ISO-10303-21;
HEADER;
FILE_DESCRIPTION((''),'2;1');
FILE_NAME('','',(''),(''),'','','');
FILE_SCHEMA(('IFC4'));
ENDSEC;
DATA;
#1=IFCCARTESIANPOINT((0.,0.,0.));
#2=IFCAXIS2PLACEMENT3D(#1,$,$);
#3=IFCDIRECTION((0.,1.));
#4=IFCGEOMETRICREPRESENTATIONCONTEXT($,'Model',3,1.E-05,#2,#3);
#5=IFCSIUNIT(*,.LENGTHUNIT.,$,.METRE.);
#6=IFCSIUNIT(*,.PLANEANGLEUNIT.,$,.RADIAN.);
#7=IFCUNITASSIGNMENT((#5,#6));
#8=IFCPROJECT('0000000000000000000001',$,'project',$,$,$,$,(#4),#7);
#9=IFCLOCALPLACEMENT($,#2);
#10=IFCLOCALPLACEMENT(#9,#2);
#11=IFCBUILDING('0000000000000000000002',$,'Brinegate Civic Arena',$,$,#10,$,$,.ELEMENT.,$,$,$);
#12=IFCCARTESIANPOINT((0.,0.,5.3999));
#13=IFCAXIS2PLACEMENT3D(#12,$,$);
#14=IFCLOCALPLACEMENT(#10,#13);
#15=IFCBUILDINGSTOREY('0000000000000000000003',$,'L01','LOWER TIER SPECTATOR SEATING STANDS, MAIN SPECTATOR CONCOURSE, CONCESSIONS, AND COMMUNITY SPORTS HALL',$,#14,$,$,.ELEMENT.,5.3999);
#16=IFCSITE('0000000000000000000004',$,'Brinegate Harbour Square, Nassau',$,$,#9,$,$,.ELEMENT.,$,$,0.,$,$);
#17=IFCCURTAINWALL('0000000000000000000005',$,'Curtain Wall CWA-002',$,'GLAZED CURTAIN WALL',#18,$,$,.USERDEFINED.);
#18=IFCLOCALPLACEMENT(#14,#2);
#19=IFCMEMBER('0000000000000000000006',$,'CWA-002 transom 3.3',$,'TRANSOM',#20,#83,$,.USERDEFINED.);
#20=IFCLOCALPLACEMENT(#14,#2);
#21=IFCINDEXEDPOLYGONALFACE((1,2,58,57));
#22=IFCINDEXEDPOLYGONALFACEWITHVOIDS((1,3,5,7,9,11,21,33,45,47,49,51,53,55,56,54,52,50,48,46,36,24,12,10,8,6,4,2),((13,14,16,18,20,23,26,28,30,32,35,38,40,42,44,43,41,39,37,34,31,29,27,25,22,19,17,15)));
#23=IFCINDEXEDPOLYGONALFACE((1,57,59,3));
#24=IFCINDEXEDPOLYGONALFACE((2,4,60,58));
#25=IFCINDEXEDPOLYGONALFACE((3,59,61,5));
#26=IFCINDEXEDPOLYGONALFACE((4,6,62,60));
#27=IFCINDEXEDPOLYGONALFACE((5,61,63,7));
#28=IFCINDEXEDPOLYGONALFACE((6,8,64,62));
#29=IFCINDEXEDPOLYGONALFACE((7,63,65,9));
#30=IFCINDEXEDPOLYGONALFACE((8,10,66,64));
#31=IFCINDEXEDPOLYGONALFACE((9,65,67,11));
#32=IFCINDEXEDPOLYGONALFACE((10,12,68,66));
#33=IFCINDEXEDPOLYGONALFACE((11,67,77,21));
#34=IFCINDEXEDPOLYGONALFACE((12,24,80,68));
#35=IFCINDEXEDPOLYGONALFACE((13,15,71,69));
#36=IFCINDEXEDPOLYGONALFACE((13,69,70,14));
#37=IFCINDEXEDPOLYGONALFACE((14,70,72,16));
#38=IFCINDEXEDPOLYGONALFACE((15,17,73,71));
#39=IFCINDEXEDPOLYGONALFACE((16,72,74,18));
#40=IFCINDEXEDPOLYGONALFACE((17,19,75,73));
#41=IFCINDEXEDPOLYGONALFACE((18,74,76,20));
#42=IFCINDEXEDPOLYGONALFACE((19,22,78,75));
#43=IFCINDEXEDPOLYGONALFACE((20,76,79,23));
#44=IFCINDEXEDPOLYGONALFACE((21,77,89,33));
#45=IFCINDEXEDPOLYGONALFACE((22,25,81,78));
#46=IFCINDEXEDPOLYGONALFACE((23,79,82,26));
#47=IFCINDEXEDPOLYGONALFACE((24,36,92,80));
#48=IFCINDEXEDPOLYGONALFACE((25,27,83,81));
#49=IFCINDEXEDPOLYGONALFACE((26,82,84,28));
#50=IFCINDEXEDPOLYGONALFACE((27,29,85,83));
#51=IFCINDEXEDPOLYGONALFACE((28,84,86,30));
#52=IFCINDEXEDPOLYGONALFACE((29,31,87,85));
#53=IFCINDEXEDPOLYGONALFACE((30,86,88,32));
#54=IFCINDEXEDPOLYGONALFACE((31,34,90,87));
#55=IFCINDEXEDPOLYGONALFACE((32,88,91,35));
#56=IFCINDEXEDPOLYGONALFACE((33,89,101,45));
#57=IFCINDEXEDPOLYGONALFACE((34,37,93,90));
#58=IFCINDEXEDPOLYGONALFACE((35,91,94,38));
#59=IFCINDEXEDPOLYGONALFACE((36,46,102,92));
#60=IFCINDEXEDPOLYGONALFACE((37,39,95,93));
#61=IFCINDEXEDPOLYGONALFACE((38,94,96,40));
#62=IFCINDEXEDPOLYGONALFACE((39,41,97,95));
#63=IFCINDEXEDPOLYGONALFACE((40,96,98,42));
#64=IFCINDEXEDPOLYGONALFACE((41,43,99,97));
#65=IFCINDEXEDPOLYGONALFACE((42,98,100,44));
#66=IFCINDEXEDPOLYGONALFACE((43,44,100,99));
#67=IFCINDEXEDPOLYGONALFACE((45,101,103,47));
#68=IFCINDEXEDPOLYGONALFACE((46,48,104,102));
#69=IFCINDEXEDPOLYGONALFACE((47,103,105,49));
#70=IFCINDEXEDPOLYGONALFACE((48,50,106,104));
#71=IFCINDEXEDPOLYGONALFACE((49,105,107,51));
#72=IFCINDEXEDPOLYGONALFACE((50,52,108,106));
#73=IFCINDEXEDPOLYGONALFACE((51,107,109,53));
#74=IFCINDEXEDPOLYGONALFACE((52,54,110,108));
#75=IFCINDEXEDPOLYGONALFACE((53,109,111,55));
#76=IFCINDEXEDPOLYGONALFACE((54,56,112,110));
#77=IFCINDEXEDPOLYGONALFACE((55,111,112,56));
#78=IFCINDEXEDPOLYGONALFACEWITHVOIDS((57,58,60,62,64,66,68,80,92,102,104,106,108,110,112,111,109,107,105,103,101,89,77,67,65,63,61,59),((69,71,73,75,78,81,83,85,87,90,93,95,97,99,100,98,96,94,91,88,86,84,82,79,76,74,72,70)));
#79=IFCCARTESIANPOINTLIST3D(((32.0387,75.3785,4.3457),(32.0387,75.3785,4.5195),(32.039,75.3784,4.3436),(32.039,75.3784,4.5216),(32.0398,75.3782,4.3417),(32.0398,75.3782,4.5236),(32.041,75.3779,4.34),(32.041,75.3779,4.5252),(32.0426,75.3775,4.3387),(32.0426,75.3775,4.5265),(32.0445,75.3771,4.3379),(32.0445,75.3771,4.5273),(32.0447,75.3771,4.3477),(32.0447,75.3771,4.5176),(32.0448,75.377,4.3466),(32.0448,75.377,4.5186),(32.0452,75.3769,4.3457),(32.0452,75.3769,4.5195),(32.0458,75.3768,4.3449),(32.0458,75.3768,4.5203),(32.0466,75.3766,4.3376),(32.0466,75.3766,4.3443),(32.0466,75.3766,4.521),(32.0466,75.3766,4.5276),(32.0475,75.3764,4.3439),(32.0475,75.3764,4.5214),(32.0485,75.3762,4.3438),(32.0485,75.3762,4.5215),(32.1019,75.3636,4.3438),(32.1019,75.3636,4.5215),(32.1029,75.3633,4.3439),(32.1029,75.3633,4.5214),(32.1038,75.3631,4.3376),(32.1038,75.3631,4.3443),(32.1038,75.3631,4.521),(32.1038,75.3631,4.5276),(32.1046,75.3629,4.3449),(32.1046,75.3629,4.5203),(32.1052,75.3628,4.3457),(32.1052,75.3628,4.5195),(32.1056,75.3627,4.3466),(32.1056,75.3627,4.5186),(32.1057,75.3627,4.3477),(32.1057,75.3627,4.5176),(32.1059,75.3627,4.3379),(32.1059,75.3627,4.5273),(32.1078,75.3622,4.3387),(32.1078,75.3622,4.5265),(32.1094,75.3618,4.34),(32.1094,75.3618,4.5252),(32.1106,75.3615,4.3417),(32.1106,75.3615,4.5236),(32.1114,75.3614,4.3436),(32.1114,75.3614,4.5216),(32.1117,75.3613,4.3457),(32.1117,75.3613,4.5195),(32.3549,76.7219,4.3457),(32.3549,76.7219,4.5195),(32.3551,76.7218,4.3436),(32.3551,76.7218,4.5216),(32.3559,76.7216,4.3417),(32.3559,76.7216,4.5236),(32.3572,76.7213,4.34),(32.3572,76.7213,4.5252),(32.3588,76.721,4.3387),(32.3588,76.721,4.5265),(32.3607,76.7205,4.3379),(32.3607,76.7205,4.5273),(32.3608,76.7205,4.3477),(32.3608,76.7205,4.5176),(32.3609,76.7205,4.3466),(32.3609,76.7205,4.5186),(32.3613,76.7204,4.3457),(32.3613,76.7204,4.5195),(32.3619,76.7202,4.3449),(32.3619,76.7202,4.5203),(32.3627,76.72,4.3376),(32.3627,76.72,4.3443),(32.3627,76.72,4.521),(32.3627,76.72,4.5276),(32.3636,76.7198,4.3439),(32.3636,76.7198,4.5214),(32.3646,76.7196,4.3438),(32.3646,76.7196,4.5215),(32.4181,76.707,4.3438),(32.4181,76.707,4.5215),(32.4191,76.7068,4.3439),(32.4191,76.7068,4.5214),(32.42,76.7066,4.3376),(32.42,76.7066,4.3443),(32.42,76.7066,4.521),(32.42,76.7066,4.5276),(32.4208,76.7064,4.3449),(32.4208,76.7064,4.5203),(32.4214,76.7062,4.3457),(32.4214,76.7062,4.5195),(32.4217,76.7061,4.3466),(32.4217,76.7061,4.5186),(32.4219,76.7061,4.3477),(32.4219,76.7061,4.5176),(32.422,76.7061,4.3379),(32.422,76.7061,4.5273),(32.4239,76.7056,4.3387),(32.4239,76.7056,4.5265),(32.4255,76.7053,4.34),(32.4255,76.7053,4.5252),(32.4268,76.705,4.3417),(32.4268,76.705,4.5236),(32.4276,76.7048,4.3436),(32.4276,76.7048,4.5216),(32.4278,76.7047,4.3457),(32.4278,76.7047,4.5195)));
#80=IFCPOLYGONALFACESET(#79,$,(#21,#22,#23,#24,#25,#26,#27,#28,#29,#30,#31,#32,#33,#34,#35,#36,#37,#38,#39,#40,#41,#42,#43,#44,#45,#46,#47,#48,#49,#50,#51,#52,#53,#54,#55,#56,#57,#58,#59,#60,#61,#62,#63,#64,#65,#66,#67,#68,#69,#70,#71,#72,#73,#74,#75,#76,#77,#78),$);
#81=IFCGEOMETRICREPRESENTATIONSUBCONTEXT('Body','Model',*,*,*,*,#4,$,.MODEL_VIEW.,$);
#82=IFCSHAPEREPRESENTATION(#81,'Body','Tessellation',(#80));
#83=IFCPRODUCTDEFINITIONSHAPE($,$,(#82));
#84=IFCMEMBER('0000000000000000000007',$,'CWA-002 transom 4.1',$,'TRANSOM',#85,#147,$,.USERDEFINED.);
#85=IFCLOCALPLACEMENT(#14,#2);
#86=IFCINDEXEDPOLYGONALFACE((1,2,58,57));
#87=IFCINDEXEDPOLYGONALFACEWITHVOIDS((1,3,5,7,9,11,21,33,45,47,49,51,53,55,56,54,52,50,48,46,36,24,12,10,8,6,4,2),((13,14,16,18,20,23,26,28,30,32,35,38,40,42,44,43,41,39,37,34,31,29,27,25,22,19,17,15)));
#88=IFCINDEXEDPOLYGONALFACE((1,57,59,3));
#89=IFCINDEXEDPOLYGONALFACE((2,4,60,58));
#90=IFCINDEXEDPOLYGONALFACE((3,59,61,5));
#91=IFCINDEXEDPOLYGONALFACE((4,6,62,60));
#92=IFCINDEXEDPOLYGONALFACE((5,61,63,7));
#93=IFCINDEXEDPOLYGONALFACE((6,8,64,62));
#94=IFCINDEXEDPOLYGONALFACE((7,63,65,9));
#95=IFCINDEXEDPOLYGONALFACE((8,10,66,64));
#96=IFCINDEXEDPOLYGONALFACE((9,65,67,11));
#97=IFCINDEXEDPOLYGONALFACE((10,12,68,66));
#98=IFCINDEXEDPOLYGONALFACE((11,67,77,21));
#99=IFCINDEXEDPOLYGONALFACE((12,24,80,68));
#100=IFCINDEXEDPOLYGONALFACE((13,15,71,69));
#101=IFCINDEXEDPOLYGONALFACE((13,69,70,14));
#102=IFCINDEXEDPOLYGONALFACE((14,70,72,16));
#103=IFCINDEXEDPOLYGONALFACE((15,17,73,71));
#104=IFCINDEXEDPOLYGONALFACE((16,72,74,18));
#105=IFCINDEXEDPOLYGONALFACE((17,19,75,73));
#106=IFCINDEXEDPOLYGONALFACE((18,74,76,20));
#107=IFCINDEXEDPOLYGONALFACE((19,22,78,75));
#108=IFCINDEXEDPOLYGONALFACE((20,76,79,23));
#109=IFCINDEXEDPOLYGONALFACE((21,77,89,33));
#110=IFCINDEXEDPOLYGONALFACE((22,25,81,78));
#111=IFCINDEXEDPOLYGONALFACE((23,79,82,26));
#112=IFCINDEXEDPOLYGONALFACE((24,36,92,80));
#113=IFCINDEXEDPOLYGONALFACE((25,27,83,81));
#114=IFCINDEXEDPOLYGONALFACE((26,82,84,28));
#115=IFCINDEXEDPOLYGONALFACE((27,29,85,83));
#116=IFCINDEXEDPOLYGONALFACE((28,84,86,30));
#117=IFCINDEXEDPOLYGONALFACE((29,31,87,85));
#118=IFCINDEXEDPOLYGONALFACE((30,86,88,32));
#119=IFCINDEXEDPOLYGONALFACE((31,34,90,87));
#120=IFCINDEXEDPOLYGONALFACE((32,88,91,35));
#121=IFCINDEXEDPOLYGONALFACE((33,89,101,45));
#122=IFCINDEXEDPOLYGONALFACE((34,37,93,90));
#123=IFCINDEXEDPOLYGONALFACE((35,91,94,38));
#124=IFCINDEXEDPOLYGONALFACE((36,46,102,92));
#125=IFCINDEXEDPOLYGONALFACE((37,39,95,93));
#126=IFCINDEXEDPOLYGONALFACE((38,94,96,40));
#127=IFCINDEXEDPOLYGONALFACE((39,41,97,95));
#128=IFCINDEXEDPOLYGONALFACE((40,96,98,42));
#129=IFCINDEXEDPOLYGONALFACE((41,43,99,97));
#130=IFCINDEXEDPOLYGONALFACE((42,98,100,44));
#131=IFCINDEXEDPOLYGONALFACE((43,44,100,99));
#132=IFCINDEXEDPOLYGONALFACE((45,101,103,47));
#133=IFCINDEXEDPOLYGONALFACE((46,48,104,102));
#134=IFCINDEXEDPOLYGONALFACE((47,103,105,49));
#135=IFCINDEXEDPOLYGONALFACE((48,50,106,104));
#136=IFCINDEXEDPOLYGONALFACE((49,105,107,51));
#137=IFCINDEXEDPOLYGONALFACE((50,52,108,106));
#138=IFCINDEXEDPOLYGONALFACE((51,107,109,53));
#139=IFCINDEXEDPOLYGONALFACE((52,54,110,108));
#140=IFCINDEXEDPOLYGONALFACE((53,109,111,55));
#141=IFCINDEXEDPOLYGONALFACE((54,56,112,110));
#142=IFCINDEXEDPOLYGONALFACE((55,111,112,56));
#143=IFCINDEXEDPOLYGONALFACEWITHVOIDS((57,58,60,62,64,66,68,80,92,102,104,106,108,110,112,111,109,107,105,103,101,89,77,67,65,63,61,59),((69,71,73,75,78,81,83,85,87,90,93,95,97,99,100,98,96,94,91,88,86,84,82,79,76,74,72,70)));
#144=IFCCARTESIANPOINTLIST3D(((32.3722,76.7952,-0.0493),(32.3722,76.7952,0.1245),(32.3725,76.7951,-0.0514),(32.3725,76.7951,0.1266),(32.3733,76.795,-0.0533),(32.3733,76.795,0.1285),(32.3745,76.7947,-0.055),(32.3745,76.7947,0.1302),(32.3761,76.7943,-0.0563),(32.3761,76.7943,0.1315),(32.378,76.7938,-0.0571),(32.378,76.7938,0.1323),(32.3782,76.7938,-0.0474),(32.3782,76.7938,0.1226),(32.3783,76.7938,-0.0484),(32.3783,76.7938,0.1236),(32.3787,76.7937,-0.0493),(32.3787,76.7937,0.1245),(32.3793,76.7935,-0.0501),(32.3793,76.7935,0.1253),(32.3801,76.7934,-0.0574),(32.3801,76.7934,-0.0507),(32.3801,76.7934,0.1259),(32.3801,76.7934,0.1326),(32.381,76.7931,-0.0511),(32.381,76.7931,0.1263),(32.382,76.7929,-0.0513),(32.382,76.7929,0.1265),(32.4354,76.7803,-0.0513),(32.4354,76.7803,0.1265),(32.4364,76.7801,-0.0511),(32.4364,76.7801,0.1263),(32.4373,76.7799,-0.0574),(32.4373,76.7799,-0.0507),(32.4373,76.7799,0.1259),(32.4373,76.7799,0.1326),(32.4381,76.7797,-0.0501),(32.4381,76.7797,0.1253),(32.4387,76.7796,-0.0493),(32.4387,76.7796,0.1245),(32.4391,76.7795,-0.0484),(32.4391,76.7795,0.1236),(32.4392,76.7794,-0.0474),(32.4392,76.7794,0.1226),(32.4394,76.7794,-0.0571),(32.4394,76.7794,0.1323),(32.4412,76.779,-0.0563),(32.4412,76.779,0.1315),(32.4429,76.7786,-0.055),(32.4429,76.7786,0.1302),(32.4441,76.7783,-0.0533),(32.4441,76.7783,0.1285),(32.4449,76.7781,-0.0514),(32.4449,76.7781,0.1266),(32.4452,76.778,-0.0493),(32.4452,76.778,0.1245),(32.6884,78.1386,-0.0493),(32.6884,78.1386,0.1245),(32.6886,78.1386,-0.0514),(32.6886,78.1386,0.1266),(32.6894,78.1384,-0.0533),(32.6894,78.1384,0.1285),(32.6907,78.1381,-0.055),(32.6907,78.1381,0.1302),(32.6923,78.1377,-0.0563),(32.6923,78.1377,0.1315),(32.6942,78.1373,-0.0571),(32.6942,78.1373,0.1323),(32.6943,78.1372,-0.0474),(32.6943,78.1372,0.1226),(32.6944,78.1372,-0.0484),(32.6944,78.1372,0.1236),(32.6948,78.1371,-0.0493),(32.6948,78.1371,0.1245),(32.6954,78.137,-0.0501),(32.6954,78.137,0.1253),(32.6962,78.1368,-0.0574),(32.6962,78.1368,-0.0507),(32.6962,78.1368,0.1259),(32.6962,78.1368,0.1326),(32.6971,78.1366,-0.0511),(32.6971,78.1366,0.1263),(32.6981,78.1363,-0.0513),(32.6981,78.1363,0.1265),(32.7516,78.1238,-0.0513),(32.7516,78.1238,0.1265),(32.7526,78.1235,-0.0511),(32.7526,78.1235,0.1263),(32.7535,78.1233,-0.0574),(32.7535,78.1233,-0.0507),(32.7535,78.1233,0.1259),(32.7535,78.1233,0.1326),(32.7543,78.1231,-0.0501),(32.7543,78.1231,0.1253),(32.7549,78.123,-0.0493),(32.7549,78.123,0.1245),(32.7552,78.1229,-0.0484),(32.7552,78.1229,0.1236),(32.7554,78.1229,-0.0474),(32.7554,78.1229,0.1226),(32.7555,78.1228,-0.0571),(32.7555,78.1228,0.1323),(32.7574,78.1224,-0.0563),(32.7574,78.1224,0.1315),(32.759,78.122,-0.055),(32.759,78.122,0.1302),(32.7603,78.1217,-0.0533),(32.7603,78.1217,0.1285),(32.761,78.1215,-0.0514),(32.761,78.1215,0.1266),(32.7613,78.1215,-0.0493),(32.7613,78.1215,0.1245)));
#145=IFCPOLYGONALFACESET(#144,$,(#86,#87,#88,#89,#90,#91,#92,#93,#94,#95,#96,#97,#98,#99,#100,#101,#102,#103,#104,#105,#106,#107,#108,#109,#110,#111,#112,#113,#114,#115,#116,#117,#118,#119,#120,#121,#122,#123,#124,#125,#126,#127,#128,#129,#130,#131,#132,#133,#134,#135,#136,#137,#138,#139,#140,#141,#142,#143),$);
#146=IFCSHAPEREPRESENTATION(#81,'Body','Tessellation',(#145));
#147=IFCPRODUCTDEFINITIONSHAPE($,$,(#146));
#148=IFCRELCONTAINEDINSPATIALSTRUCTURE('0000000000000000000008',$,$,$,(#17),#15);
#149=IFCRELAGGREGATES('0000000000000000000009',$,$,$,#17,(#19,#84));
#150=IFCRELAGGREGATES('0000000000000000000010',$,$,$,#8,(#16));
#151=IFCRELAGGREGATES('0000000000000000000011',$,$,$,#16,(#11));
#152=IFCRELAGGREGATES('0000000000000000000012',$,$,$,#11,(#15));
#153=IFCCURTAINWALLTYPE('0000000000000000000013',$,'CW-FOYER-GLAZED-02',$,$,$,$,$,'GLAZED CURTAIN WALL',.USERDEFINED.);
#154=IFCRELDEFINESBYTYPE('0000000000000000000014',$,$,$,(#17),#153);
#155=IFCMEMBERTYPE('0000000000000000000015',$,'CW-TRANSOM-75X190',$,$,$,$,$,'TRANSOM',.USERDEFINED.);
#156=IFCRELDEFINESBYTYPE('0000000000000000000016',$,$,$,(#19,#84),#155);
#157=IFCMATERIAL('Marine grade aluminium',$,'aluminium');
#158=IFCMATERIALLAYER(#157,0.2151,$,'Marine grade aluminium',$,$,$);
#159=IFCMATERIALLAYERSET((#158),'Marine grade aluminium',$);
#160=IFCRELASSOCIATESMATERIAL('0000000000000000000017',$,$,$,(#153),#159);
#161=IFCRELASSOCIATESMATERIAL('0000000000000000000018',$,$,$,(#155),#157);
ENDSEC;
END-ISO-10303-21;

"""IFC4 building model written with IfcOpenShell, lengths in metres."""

from ifc_helpers import new_model, si_unit, direction, frame, origin, origin_2d, place, context, subcontext, project, spatial, hollow_rectangle, extrude, material, layer, layer_set, material_profile, profile_set, type_object, element, aggregate, save


model = new_model("IFC4")

# Units and contexts
model_context = context("Model", 3, precision=1e-05, world=origin(), true_north=direction((0.0, 1.0)))
body_context = subcontext(model_context, "Body", "Model", "MODEL_VIEW")
ifc_project = project(units=[si_unit("LENGTHUNIT", "METRE"), si_unit("PLANEANGLEUNIT", "RADIAN")], contexts=[model_context])

# Site, building, storey
site_placement = place(None, origin())
site = spatial("IfcSite", under=ifc_project, at=site_placement, Name="Brinegate Harbour Square, Nassau", CompositionType="ELEMENT", RefElevation=0.0)
building_placement = place(site_placement, origin())
building = spatial("IfcBuilding", under=site, at=building_placement, Name="Brinegate Civic Arena", CompositionType="ELEMENT")
storey_placement = place(building_placement, frame((0.0, 0.0, 5.3999)))
storey = spatial("IfcBuildingStorey", under=building, at=storey_placement, Name="L01", Description="LOWER TIER SPECTATOR SEATING STANDS, MAIN SPECTATOR CONCOURSE, CONCESSIONS, AND COMMUNITY SPORTS HALL", CompositionType="ELEMENT", Elevation=5.3999)

# Curtain wall, members
ifc_material_1 = material(Name="Marine grade aluminium", Category="aluminium")
ifc_layer_1 = layer(ifc_material_1, 0.2151, Name="Marine grade aluminium")
ifc_layer_set_1 = layer_set([ifc_layer_1], Name="Marine grade aluminium")
curtain_wall_type = type_object("IfcCurtainWallType", Name="CW-FOYER-GLAZED-02", ElementType="GLAZED CURTAIN WALL", PredefinedType="USERDEFINED", material=ifc_layer_set_1)
curtain_wall_placement = place(storey_placement, origin())
curtain_wall = element("IfcCurtainWall", 1, at=curtain_wall_placement, inside=storey, type_object=curtain_wall_type, Name="Curtain Wall CWA-002", ObjectType="GLAZED CURTAIN WALL", PredefinedType="USERDEFINED")
ifc_material_profile_1 = material_profile(ifc_material_1, hollow_rectangle(XDim=0.075, YDim=0.1899, WallThickness=0.0061, InnerFilletRadius=0.0039, OuterFilletRadius=0.0081, at=origin_2d()), Name="TRN75X190")
ifc_profile_set_1 = profile_set([ifc_material_profile_1], Name="Marine grade aluminium")
member_type_1 = type_object("IfcMemberType", Name="CW-TRANSOM-75X190", ElementType="TRANSOM", PredefinedType="USERDEFINED", material=ifc_profile_set_1)
member_1_placement = place(storey_placement, frame((32.0752, 75.3699, 4.4326), z_axis=(0.229069, 0.97341, 0.0), x_axis=(-0.97341, 0.229069, 0.0)))
member_1 = element("IfcMember", 2, at=member_1_placement, type_object=member_type_1, Name="CWA-002 transom 3.3", ObjectType="TRANSOM", PredefinedType="USERDEFINED", context=body_context, shape_type="SweptSolid", body=[
    extrude(hollow_rectangle(XDim=0.075, YDim=0.1899, WallThickness=0.0061, InnerFilletRadius=0.0039, OuterFilletRadius=0.0081, at=origin_2d()), origin(), (0.0, 0.0, 1.0), 1.3801),
])
member_2_placement = place(storey_placement, frame((32.4087, 76.7866, 0.0376), z_axis=(0.229069, 0.97341, 0.0), x_axis=(-0.97341, 0.229069, 0.0)))
member_2 = element("IfcMember", 3, at=member_2_placement, type_object=member_type_1, Name="CWA-002 transom 4.1", ObjectType="TRANSOM", PredefinedType="USERDEFINED", context=body_context, shape_type="SweptSolid", body=[
    extrude(hollow_rectangle(XDim=0.075, YDim=0.1899, WallThickness=0.0061, InnerFilletRadius=0.0039, OuterFilletRadius=0.0081, at=origin_2d()), origin(), (0.0, 0.0, 1.0), 1.3801),
])
aggregate(curtain_wall, [member_1, member_2])

save(model, "model.ifc")
